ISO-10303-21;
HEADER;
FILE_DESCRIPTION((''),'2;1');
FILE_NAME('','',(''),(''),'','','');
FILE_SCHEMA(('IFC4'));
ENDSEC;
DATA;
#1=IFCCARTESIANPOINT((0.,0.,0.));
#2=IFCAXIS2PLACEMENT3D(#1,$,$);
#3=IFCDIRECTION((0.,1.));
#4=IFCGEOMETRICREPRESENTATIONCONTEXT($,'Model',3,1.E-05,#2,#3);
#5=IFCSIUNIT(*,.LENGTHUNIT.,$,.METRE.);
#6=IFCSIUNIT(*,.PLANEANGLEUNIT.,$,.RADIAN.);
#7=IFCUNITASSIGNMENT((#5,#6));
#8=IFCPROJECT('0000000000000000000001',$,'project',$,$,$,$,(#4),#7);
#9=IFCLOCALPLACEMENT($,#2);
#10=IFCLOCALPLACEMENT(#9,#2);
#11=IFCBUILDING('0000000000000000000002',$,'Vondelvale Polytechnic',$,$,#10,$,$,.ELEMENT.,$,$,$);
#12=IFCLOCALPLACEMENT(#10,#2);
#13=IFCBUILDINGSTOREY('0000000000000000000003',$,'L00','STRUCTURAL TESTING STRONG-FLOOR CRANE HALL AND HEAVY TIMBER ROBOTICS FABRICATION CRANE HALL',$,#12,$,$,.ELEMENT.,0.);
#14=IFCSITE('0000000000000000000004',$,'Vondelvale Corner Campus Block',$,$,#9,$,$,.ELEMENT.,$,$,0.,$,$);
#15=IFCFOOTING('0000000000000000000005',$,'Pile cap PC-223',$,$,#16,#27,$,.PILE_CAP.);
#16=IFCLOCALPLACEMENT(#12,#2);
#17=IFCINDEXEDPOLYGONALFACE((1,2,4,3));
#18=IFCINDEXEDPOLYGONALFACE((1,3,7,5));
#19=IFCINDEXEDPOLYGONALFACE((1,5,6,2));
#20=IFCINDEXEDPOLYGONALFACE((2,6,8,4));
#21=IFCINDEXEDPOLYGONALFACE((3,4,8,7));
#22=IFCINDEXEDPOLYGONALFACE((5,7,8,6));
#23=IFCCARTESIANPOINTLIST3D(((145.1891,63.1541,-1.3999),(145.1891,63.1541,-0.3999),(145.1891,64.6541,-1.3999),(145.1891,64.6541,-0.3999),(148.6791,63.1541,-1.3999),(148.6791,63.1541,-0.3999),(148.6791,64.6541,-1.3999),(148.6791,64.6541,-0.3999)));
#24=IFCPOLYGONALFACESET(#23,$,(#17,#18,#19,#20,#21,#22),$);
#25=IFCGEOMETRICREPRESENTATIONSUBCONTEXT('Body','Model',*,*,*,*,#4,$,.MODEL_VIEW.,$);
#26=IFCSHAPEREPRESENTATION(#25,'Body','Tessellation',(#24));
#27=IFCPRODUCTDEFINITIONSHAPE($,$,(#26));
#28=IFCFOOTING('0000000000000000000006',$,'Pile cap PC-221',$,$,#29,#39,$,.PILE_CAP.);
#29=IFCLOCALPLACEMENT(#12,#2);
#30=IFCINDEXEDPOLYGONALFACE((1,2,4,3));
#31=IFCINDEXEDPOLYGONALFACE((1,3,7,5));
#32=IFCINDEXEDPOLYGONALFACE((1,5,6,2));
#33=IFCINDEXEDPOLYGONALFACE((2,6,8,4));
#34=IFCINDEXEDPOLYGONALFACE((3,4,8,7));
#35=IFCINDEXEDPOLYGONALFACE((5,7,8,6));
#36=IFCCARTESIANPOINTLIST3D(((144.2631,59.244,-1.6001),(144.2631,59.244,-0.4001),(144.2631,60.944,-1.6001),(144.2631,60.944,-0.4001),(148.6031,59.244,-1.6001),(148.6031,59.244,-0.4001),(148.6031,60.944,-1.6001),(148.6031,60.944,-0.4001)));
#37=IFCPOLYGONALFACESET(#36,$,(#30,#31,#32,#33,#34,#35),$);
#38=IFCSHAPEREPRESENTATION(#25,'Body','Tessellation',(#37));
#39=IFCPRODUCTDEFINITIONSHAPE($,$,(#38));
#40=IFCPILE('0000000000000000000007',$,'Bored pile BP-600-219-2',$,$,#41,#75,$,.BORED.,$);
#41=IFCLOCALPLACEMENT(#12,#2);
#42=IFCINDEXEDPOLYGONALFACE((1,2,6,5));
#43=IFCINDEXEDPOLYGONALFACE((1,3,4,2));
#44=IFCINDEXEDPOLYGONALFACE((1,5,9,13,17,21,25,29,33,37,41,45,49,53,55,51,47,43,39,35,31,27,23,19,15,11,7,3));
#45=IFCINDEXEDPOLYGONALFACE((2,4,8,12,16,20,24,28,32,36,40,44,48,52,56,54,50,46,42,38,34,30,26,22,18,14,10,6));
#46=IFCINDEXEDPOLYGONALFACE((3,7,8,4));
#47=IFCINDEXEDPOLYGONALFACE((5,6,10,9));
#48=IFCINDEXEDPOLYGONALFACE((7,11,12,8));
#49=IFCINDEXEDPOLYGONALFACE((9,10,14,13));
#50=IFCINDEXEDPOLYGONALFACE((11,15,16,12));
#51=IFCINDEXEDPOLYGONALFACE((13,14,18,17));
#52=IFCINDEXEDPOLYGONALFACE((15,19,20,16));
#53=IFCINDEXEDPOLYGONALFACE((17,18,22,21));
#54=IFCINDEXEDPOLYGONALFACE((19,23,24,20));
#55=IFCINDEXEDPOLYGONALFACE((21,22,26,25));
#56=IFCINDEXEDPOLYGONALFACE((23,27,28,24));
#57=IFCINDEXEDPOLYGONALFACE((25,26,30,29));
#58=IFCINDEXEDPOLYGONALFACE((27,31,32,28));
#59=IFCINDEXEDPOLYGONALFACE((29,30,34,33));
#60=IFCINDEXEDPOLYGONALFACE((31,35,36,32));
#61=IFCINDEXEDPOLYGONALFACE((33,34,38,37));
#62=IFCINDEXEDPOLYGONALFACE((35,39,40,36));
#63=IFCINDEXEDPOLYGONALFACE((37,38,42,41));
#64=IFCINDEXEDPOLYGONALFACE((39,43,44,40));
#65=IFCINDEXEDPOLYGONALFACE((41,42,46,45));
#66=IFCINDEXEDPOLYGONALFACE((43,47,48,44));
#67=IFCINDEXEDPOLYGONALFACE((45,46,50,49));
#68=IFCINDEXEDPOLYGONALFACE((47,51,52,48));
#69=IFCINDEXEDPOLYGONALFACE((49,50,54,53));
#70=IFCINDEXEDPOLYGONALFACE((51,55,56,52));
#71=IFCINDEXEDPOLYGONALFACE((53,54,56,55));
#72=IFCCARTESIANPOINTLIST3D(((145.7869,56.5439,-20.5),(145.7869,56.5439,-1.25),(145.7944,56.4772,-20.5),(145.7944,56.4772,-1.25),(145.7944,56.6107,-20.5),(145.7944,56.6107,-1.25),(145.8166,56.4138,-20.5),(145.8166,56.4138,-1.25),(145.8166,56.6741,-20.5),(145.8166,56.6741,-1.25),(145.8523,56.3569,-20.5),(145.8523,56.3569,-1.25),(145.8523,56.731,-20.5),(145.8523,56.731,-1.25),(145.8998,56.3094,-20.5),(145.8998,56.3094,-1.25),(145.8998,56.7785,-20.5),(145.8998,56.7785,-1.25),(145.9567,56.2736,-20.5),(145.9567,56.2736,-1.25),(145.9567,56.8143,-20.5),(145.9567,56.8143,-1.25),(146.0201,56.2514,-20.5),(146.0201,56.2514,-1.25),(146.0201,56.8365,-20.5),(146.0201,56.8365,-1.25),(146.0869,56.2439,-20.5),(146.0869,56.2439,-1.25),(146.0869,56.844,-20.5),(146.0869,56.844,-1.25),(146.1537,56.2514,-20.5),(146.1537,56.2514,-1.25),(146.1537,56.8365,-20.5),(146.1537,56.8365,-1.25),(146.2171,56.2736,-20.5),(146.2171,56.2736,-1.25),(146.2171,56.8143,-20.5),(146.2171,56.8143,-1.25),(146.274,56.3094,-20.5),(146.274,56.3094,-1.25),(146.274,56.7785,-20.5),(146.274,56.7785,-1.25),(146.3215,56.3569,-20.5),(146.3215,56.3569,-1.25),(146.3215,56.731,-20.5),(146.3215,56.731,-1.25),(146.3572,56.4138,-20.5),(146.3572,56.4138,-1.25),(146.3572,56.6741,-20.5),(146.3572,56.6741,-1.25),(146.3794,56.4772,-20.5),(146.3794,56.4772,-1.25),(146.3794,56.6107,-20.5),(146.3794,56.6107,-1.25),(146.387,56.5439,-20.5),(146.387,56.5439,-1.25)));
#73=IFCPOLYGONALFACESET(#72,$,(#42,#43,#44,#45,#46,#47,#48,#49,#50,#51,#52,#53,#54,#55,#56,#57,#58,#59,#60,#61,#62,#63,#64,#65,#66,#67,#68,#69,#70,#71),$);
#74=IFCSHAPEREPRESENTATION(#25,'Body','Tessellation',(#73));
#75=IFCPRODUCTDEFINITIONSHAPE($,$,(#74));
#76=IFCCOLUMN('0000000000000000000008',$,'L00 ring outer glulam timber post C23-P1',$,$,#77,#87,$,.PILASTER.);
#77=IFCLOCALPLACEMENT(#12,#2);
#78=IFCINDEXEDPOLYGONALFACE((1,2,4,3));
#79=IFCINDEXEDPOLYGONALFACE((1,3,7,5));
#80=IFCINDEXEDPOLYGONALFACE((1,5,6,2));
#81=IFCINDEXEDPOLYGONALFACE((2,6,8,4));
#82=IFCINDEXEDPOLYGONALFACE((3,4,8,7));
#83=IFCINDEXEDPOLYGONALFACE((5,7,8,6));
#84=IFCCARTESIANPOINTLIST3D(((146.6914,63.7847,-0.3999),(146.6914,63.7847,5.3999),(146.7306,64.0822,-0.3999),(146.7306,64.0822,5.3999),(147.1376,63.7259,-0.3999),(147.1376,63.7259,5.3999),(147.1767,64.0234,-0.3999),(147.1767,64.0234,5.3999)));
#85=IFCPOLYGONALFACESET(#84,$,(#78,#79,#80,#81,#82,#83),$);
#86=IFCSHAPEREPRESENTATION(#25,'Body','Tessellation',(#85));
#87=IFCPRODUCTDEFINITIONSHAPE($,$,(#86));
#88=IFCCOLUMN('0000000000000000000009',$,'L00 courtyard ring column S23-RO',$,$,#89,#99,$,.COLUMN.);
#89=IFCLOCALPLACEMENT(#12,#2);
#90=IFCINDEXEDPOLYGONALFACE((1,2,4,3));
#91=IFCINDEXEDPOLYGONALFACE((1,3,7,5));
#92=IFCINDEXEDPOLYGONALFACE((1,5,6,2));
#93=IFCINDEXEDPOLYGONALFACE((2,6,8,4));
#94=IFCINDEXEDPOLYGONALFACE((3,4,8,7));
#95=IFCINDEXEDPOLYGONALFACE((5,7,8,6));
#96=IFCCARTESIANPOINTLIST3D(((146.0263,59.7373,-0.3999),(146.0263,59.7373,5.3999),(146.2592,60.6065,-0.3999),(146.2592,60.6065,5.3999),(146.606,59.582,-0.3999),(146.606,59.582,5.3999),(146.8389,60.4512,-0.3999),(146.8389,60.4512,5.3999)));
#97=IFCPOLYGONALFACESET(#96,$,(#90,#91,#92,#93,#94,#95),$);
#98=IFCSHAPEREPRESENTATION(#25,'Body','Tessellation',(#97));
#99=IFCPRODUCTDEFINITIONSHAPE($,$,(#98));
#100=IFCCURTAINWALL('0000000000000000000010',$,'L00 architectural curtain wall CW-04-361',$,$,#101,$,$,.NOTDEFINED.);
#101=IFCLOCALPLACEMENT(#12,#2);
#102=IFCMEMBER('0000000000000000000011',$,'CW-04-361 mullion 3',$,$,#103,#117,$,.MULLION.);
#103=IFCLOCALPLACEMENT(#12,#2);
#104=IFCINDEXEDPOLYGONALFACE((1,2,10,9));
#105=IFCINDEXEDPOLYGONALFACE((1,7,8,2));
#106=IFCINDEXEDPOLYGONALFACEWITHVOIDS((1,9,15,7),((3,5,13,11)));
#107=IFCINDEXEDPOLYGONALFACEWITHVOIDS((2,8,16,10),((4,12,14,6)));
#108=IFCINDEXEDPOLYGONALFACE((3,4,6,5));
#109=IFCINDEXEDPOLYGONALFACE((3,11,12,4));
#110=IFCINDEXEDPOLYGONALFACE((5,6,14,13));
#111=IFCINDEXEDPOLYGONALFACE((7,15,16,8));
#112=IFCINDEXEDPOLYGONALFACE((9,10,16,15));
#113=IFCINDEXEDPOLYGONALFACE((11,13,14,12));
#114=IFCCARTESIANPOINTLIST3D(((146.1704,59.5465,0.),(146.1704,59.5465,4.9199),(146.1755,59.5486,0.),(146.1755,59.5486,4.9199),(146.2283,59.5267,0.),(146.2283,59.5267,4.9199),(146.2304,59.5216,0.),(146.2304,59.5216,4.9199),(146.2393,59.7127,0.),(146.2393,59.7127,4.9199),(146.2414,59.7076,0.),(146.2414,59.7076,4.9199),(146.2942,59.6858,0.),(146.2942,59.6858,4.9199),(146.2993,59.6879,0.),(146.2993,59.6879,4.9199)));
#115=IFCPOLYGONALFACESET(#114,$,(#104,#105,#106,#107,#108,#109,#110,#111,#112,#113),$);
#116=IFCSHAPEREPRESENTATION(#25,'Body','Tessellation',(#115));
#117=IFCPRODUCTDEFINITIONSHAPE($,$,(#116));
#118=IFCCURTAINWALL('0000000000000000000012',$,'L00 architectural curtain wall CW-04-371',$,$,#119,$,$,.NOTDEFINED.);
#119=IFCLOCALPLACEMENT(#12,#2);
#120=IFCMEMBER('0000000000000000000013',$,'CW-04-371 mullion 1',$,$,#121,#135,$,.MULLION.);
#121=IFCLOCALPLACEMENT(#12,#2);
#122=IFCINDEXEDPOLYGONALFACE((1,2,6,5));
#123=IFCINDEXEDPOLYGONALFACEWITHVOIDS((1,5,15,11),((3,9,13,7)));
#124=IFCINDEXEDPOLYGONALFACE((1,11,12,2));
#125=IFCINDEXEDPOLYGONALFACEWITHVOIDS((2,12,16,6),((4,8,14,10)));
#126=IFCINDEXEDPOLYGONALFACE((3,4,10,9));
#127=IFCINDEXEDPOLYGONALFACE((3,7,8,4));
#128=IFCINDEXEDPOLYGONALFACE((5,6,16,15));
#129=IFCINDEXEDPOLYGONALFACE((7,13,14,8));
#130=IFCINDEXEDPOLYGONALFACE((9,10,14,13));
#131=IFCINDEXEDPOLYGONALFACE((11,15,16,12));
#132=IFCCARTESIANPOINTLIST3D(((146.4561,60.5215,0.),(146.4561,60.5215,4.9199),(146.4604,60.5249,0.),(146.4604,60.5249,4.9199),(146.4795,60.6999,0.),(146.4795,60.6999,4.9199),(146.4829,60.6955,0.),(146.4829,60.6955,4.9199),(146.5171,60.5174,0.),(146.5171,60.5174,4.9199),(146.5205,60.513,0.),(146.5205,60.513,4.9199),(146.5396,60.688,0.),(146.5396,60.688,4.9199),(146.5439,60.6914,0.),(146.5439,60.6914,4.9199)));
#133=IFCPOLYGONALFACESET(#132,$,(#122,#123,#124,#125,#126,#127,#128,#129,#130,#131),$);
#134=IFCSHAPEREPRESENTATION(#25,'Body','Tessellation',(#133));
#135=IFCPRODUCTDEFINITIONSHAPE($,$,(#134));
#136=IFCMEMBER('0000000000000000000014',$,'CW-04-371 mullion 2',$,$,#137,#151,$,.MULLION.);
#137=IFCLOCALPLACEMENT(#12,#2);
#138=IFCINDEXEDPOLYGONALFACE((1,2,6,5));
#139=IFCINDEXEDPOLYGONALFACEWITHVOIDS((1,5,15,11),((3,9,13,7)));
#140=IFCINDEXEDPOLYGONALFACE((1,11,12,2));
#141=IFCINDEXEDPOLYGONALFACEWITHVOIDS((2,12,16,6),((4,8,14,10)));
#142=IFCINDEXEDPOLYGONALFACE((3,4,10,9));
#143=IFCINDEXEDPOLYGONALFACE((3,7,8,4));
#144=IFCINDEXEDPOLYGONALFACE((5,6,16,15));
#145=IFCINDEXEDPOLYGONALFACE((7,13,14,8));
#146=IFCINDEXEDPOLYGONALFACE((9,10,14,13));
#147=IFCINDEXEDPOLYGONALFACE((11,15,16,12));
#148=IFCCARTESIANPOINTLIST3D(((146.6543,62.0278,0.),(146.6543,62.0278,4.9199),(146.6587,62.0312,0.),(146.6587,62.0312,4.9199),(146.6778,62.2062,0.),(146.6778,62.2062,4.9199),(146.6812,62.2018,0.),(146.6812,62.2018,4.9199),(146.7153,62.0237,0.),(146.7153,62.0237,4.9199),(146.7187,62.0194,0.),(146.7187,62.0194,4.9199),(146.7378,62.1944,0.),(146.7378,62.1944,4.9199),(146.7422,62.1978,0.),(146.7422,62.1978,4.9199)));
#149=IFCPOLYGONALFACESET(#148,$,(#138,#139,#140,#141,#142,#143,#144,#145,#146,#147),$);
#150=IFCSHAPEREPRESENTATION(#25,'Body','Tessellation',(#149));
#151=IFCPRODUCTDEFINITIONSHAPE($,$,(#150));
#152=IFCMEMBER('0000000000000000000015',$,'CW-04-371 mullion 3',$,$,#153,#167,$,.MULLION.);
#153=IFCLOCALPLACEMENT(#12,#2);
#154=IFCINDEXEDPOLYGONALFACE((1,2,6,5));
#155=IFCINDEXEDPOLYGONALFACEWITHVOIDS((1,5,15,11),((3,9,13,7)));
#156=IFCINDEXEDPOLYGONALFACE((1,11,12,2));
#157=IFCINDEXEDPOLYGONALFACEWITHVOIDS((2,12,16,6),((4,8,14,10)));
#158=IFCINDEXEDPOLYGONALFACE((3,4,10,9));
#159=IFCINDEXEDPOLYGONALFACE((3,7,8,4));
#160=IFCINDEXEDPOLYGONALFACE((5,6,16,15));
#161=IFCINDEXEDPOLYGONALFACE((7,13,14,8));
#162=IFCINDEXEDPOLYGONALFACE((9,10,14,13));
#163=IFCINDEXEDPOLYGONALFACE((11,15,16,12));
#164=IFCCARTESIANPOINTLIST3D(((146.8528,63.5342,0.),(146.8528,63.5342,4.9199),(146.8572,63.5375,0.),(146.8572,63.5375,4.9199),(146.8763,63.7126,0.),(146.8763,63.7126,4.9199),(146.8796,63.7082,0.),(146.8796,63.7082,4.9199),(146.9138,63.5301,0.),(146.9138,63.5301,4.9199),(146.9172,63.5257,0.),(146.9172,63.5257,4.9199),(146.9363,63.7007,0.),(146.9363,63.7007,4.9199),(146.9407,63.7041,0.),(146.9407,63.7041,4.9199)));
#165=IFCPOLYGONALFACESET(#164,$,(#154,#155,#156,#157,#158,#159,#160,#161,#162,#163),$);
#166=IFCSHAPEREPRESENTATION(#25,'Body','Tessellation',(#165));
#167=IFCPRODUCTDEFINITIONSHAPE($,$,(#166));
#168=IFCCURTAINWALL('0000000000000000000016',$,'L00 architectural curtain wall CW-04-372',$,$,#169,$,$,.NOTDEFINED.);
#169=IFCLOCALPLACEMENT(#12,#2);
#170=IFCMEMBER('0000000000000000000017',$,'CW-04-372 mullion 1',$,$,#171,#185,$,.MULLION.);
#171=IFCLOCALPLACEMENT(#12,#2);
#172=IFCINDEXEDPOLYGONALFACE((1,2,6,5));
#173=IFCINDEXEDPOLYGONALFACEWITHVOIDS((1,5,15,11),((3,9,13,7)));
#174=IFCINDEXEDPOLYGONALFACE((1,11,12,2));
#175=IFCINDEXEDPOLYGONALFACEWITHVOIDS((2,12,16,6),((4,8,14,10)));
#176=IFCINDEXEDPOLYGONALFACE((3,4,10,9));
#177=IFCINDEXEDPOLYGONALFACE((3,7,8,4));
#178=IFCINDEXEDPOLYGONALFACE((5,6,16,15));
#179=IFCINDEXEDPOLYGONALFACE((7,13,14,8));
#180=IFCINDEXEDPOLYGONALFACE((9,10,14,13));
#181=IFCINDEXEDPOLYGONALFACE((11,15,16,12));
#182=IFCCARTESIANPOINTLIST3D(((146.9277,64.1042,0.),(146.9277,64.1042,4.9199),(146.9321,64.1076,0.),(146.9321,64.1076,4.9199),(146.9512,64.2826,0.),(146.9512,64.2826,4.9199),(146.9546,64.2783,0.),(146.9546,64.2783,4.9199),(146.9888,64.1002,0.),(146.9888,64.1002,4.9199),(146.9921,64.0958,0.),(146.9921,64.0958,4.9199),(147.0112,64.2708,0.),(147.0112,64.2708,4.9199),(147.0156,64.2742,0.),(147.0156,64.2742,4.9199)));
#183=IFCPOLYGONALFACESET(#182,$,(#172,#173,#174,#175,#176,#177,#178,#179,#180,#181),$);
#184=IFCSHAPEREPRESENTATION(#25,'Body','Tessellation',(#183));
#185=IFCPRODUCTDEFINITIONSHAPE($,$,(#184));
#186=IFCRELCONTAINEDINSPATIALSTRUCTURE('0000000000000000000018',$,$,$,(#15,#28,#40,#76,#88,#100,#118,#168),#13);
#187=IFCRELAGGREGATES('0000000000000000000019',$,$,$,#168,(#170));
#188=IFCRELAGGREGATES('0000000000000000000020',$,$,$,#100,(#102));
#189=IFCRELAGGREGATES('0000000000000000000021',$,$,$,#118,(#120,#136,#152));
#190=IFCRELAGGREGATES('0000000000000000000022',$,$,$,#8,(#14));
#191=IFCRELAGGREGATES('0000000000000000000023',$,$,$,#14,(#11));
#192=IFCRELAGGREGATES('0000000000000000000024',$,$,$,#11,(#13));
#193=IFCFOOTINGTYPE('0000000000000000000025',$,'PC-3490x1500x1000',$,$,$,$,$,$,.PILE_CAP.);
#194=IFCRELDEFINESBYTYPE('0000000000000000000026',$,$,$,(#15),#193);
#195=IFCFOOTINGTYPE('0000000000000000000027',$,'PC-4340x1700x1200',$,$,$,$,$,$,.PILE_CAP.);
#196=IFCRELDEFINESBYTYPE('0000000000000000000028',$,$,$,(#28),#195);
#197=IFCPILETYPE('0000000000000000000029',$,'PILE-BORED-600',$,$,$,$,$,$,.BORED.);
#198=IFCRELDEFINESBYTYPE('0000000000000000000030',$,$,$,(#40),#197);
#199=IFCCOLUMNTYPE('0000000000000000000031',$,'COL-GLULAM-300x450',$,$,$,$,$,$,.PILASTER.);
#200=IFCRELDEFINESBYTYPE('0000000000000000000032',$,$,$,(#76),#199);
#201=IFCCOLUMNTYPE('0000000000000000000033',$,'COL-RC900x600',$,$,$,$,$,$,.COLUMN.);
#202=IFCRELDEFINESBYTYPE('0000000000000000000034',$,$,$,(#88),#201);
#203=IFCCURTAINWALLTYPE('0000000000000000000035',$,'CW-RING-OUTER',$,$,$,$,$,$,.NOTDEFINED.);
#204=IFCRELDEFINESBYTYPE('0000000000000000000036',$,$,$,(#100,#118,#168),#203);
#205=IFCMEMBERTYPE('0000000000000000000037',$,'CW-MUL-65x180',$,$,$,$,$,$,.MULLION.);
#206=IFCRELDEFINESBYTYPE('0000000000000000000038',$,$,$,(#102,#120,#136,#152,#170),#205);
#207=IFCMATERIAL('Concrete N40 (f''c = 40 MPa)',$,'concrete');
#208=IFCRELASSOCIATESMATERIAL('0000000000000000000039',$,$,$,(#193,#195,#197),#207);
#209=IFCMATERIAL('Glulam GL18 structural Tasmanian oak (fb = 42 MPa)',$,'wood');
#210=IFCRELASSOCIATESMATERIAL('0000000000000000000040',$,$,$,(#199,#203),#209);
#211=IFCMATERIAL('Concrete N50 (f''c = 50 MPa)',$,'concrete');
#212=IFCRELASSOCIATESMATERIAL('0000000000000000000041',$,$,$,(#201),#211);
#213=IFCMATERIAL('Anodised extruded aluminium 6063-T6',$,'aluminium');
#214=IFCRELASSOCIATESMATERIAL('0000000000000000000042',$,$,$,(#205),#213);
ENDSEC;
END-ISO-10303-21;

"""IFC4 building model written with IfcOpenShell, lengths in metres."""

from ifc_helpers import new_model, si_unit, direction, frame, origin, origin_2d, place, context, subcontext, project, spatial, rectangle, hollow_rectangle, circle, extrude, material, material_profile, profile_set, type_object, element, aggregate, save


model = new_model("IFC4")

# Units and contexts
model_context = context("Model", 3, precision=1e-05, world=origin(), true_north=direction((0.0, 1.0)))
body_context = subcontext(model_context, "Body", "Model", "MODEL_VIEW")
ifc_project = project(units=[si_unit("LENGTHUNIT", "METRE"), si_unit("PLANEANGLEUNIT", "RADIAN")], contexts=[model_context])

# Site, building, storey
site_placement = place(None, origin())
site = spatial("IfcSite", under=ifc_project, at=site_placement, Name="Vondelvale Corner Campus Block", CompositionType="ELEMENT", RefElevation=0.0)
building_placement = place(site_placement, origin())
building = spatial("IfcBuilding", under=site, at=building_placement, Name="Vondelvale Polytechnic", CompositionType="ELEMENT")
storey_placement = place(building_placement, origin())
storey = spatial("IfcBuildingStorey", under=building, at=storey_placement, Name="L00", Description="STRUCTURAL TESTING STRONG-FLOOR CRANE HALL AND HEAVY TIMBER ROBOTICS FABRICATION CRANE HALL", CompositionType="ELEMENT", Elevation=0.0)

# Footings
ifc_material_1 = material(Name="Concrete N40 (f'c = 40 MPa)", Category="concrete")
footing_type_1 = type_object("IfcFootingType", Name="PC-3490x1500x1000", PredefinedType="PILE_CAP", material=ifc_material_1)
footing_1_placement = place(storey_placement, frame((146.9341, 63.9041, -1.3999), z_axis=(0.0, 0.0, 1.0), x_axis=(1.0, 0.0, 0.0)))
element("IfcFooting", 1, at=footing_1_placement, inside=storey, type_object=footing_type_1, Name="Pile cap PC-223", PredefinedType="PILE_CAP", context=body_context, shape_type="SweptSolid", body=[
    extrude(rectangle(XDim=3.49, YDim=1.5, at=origin_2d()), origin(), (0.0, 0.0, 1.0), 1.0),
])
footing_type_2 = type_object("IfcFootingType", Name="PC-4340x1700x1200", PredefinedType="PILE_CAP", material=ifc_material_1)
footing_2_placement = place(storey_placement, frame((146.4331, 60.094, -1.6001), z_axis=(0.0, 0.0, 1.0), x_axis=(1.0, 0.0, 0.0)))
element("IfcFooting", 2, at=footing_2_placement, inside=storey, type_object=footing_type_2, Name="Pile cap PC-221", PredefinedType="PILE_CAP", context=body_context, shape_type="SweptSolid", body=[
    extrude(rectangle(XDim=4.3401, YDim=1.7, at=origin_2d()), origin(), (0.0, 0.0, 1.0), 1.2),
])

# Pile
ifc_material_profile_1 = material_profile(ifc_material_1, circle(Radius=0.3, at=origin_2d()), Name="PILE-D600")
ifc_profile_set_1 = profile_set([ifc_material_profile_1], Name="Concrete N40 (f'c = 40 MPa)")
pile_type = type_object("IfcPileType", Name="PILE-BORED-600", PredefinedType="BORED", material=ifc_profile_set_1)
pile_placement = place(storey_placement, frame((146.0869, 56.5439, -1.25), z_axis=(0.0, 0.0, -1.0), x_axis=(1.0, 0.0, 0.0)))
element("IfcPile", 3, at=pile_placement, inside=storey, type_object=pile_type, Name="Bored pile BP-600-219-2", PredefinedType="BORED", context=body_context, shape_type="SweptSolid", body=[
    extrude(circle(Radius=0.3, at=origin_2d()), origin(), (0.0, 0.0, 1.0), 19.25),
])

# Columns
ifc_material_2 = material(Name="Glulam GL18 structural Tasmanian oak (fb = 42 MPa)", Category="wood")
ifc_material_profile_2 = material_profile(ifc_material_2, rectangle(XDim=0.3, YDim=0.45, at=origin_2d()), Name="GL-POST-300x450")
ifc_profile_set_2 = profile_set([ifc_material_profile_2], Name="Glulam GL18 structural Tasmanian oak (fb = 42 MPa)")
column_type_1 = type_object("IfcColumnType", Name="COL-GLULAM-300x450", PredefinedType="PILASTER", material=ifc_profile_set_2)
column_1_placement = place(storey_placement, frame((146.9341, 63.9041, -0.3999), z_axis=(0.0, 0.0, 1.0), x_axis=(0.130526, 0.991445, 0.0)))
element("IfcColumn", 4, at=column_1_placement, inside=storey, type_object=column_type_1, Name="L00 ring outer glulam timber post C23-P1", PredefinedType="PILASTER", context=body_context, shape_type="SweptSolid", body=[
    extrude(rectangle(XDim=0.3, YDim=0.45, at=origin_2d()), origin(), (0.0, 0.0, 1.0), 5.7998),
])
ifc_material_3 = material(Name="Concrete N50 (f'c = 50 MPa)", Category="concrete")
ifc_material_profile_3 = material_profile(ifc_material_3, rectangle(XDim=0.6001, YDim=0.8999, at=origin_2d()), Name="RC-COL-900x600")
ifc_profile_set_3 = profile_set([ifc_material_profile_3], Name="Concrete N50 (f'c = 50 MPa)")
column_type_2 = type_object("IfcColumnType", Name="COL-RC900x600", PredefinedType="COLUMN", material=ifc_profile_set_3)
column_2_placement = place(storey_placement, frame((146.4326, 60.0942, -0.3999), z_axis=(0.0, 0.0, 1.0), x_axis=(-0.965926, 0.258819, 0.0)))
element("IfcColumn", 5, at=column_2_placement, inside=storey, type_object=column_type_2, Name="L00 courtyard ring column S23-RO", PredefinedType="COLUMN", context=body_context, shape_type="SweptSolid", body=[
    extrude(rectangle(XDim=0.6001, YDim=0.8999, at=origin_2d()), origin(), (0.0, 0.0, 1.0), 5.7998),
])

# Curtain wall, member
curtain_wall_type = type_object("IfcCurtainWallType", Name="CW-RING-OUTER", PredefinedType="NOTDEFINED", material=ifc_material_2)
curtain_wall_1_placement = place(storey_placement, origin())
curtain_wall_1 = element("IfcCurtainWall", 6, at=curtain_wall_1_placement, inside=storey, type_object=curtain_wall_type, Name="L00 architectural curtain wall CW-04-361", PredefinedType="NOTDEFINED")
ifc_material_4 = material(Name="Anodised extruded aluminium 6063-T6", Category="aluminium")
ifc_material_profile_4 = material_profile(ifc_material_4, hollow_rectangle(XDim=0.0649, YDim=0.1799, WallThickness=0.0039, at=origin_2d()), Name="CW-MUL-180x65")
ifc_profile_set_4 = profile_set([ifc_material_profile_4], Name="Anodised extruded aluminium 6063-T6")
member_type_1 = type_object("IfcMemberType", Name="CW-MUL-65x180", PredefinedType="MULLION", material=ifc_profile_set_4)
member_1_placement = place(storey_placement, frame((146.2349, 59.6172, 0.0), z_axis=(0.0, 0.0, 1.0), x_axis=(-0.923881, 0.382679, 0.0)))
member_1 = element("IfcMember", 7, at=member_1_placement, type_object=member_type_1, Name="CW-04-361 mullion 3", PredefinedType="MULLION", context=body_context, shape_type="SweptSolid", body=[
    extrude(hollow_rectangle(XDim=0.0649, YDim=0.1799, WallThickness=0.0039, at=origin_2d()), origin(), (0.0, 0.0, 1.0), 4.9199),
])

# Curtain wall, members
curtain_wall_2_placement = place(storey_placement, origin())
curtain_wall_2 = element("IfcCurtainWall", 8, at=curtain_wall_2_placement, inside=storey, type_object=curtain_wall_type, Name="L00 architectural curtain wall CW-04-371", PredefinedType="NOTDEFINED")
member_2_placement = place(storey_placement, frame((146.5, 60.6064, 0.0), z_axis=(0.0, 0.0, 1.0), x_axis=(-0.991445, 0.130524, 0.0)))
member_2 = element("IfcMember", 9, at=member_2_placement, type_object=member_type_1, Name="CW-04-371 mullion 1", PredefinedType="MULLION", context=body_context, shape_type="SweptSolid", body=[
    extrude(hollow_rectangle(XDim=0.0649, YDim=0.1799, WallThickness=0.0039, at=origin_2d()), origin(), (0.0, 0.0, 1.0), 4.9199),
])
member_3_placement = place(storey_placement, frame((146.6982, 62.1128, 0.0), z_axis=(0.0, 0.0, 1.0), x_axis=(-0.991445, 0.130524, 0.0)))
member_3 = element("IfcMember", 10, at=member_3_placement, type_object=member_type_1, Name="CW-04-371 mullion 2", PredefinedType="MULLION", context=body_context, shape_type="SweptSolid", body=[
    extrude(hollow_rectangle(XDim=0.0649, YDim=0.1799, WallThickness=0.0039, at=origin_2d()), origin(), (0.0, 0.0, 1.0), 4.9199),
])
member_4_placement = place(storey_placement, frame((146.8967, 63.6191, 0.0), z_axis=(0.0, 0.0, 1.0), x_axis=(-0.991445, 0.130524, 0.0)))
member_4 = element("IfcMember", 11, at=member_4_placement, type_object=member_type_1, Name="CW-04-371 mullion 3", PredefinedType="MULLION", context=body_context, shape_type="SweptSolid", body=[
    extrude(hollow_rectangle(XDim=0.0649, YDim=0.1799, WallThickness=0.0039, at=origin_2d()), origin(), (0.0, 0.0, 1.0), 4.9199),
])

# Curtain wall, member
curtain_wall_3_placement = place(storey_placement, origin())
curtain_wall_3 = element("IfcCurtainWall", 12, at=curtain_wall_3_placement, inside=storey, type_object=curtain_wall_type, Name="L00 architectural curtain wall CW-04-372", PredefinedType="NOTDEFINED")
member_5_placement = place(storey_placement, frame((146.9717, 64.1892, 0.0), z_axis=(0.0, 0.0, 1.0), x_axis=(-0.991449, 0.130497, 0.0)))
member_5 = element("IfcMember", 13, at=member_5_placement, type_object=member_type_1, Name="CW-04-372 mullion 1", PredefinedType="MULLION", context=body_context, shape_type="SweptSolid", body=[
    extrude(hollow_rectangle(XDim=0.0649, YDim=0.1799, WallThickness=0.0039, at=origin_2d()), origin(), (0.0, 0.0, 1.0), 4.9199),
])

aggregate(curtain_wall_3, [member_5])

aggregate(curtain_wall_1, [member_1])
aggregate(curtain_wall_2, [member_2, member_3, member_4])

save(model, "model.ifc")
